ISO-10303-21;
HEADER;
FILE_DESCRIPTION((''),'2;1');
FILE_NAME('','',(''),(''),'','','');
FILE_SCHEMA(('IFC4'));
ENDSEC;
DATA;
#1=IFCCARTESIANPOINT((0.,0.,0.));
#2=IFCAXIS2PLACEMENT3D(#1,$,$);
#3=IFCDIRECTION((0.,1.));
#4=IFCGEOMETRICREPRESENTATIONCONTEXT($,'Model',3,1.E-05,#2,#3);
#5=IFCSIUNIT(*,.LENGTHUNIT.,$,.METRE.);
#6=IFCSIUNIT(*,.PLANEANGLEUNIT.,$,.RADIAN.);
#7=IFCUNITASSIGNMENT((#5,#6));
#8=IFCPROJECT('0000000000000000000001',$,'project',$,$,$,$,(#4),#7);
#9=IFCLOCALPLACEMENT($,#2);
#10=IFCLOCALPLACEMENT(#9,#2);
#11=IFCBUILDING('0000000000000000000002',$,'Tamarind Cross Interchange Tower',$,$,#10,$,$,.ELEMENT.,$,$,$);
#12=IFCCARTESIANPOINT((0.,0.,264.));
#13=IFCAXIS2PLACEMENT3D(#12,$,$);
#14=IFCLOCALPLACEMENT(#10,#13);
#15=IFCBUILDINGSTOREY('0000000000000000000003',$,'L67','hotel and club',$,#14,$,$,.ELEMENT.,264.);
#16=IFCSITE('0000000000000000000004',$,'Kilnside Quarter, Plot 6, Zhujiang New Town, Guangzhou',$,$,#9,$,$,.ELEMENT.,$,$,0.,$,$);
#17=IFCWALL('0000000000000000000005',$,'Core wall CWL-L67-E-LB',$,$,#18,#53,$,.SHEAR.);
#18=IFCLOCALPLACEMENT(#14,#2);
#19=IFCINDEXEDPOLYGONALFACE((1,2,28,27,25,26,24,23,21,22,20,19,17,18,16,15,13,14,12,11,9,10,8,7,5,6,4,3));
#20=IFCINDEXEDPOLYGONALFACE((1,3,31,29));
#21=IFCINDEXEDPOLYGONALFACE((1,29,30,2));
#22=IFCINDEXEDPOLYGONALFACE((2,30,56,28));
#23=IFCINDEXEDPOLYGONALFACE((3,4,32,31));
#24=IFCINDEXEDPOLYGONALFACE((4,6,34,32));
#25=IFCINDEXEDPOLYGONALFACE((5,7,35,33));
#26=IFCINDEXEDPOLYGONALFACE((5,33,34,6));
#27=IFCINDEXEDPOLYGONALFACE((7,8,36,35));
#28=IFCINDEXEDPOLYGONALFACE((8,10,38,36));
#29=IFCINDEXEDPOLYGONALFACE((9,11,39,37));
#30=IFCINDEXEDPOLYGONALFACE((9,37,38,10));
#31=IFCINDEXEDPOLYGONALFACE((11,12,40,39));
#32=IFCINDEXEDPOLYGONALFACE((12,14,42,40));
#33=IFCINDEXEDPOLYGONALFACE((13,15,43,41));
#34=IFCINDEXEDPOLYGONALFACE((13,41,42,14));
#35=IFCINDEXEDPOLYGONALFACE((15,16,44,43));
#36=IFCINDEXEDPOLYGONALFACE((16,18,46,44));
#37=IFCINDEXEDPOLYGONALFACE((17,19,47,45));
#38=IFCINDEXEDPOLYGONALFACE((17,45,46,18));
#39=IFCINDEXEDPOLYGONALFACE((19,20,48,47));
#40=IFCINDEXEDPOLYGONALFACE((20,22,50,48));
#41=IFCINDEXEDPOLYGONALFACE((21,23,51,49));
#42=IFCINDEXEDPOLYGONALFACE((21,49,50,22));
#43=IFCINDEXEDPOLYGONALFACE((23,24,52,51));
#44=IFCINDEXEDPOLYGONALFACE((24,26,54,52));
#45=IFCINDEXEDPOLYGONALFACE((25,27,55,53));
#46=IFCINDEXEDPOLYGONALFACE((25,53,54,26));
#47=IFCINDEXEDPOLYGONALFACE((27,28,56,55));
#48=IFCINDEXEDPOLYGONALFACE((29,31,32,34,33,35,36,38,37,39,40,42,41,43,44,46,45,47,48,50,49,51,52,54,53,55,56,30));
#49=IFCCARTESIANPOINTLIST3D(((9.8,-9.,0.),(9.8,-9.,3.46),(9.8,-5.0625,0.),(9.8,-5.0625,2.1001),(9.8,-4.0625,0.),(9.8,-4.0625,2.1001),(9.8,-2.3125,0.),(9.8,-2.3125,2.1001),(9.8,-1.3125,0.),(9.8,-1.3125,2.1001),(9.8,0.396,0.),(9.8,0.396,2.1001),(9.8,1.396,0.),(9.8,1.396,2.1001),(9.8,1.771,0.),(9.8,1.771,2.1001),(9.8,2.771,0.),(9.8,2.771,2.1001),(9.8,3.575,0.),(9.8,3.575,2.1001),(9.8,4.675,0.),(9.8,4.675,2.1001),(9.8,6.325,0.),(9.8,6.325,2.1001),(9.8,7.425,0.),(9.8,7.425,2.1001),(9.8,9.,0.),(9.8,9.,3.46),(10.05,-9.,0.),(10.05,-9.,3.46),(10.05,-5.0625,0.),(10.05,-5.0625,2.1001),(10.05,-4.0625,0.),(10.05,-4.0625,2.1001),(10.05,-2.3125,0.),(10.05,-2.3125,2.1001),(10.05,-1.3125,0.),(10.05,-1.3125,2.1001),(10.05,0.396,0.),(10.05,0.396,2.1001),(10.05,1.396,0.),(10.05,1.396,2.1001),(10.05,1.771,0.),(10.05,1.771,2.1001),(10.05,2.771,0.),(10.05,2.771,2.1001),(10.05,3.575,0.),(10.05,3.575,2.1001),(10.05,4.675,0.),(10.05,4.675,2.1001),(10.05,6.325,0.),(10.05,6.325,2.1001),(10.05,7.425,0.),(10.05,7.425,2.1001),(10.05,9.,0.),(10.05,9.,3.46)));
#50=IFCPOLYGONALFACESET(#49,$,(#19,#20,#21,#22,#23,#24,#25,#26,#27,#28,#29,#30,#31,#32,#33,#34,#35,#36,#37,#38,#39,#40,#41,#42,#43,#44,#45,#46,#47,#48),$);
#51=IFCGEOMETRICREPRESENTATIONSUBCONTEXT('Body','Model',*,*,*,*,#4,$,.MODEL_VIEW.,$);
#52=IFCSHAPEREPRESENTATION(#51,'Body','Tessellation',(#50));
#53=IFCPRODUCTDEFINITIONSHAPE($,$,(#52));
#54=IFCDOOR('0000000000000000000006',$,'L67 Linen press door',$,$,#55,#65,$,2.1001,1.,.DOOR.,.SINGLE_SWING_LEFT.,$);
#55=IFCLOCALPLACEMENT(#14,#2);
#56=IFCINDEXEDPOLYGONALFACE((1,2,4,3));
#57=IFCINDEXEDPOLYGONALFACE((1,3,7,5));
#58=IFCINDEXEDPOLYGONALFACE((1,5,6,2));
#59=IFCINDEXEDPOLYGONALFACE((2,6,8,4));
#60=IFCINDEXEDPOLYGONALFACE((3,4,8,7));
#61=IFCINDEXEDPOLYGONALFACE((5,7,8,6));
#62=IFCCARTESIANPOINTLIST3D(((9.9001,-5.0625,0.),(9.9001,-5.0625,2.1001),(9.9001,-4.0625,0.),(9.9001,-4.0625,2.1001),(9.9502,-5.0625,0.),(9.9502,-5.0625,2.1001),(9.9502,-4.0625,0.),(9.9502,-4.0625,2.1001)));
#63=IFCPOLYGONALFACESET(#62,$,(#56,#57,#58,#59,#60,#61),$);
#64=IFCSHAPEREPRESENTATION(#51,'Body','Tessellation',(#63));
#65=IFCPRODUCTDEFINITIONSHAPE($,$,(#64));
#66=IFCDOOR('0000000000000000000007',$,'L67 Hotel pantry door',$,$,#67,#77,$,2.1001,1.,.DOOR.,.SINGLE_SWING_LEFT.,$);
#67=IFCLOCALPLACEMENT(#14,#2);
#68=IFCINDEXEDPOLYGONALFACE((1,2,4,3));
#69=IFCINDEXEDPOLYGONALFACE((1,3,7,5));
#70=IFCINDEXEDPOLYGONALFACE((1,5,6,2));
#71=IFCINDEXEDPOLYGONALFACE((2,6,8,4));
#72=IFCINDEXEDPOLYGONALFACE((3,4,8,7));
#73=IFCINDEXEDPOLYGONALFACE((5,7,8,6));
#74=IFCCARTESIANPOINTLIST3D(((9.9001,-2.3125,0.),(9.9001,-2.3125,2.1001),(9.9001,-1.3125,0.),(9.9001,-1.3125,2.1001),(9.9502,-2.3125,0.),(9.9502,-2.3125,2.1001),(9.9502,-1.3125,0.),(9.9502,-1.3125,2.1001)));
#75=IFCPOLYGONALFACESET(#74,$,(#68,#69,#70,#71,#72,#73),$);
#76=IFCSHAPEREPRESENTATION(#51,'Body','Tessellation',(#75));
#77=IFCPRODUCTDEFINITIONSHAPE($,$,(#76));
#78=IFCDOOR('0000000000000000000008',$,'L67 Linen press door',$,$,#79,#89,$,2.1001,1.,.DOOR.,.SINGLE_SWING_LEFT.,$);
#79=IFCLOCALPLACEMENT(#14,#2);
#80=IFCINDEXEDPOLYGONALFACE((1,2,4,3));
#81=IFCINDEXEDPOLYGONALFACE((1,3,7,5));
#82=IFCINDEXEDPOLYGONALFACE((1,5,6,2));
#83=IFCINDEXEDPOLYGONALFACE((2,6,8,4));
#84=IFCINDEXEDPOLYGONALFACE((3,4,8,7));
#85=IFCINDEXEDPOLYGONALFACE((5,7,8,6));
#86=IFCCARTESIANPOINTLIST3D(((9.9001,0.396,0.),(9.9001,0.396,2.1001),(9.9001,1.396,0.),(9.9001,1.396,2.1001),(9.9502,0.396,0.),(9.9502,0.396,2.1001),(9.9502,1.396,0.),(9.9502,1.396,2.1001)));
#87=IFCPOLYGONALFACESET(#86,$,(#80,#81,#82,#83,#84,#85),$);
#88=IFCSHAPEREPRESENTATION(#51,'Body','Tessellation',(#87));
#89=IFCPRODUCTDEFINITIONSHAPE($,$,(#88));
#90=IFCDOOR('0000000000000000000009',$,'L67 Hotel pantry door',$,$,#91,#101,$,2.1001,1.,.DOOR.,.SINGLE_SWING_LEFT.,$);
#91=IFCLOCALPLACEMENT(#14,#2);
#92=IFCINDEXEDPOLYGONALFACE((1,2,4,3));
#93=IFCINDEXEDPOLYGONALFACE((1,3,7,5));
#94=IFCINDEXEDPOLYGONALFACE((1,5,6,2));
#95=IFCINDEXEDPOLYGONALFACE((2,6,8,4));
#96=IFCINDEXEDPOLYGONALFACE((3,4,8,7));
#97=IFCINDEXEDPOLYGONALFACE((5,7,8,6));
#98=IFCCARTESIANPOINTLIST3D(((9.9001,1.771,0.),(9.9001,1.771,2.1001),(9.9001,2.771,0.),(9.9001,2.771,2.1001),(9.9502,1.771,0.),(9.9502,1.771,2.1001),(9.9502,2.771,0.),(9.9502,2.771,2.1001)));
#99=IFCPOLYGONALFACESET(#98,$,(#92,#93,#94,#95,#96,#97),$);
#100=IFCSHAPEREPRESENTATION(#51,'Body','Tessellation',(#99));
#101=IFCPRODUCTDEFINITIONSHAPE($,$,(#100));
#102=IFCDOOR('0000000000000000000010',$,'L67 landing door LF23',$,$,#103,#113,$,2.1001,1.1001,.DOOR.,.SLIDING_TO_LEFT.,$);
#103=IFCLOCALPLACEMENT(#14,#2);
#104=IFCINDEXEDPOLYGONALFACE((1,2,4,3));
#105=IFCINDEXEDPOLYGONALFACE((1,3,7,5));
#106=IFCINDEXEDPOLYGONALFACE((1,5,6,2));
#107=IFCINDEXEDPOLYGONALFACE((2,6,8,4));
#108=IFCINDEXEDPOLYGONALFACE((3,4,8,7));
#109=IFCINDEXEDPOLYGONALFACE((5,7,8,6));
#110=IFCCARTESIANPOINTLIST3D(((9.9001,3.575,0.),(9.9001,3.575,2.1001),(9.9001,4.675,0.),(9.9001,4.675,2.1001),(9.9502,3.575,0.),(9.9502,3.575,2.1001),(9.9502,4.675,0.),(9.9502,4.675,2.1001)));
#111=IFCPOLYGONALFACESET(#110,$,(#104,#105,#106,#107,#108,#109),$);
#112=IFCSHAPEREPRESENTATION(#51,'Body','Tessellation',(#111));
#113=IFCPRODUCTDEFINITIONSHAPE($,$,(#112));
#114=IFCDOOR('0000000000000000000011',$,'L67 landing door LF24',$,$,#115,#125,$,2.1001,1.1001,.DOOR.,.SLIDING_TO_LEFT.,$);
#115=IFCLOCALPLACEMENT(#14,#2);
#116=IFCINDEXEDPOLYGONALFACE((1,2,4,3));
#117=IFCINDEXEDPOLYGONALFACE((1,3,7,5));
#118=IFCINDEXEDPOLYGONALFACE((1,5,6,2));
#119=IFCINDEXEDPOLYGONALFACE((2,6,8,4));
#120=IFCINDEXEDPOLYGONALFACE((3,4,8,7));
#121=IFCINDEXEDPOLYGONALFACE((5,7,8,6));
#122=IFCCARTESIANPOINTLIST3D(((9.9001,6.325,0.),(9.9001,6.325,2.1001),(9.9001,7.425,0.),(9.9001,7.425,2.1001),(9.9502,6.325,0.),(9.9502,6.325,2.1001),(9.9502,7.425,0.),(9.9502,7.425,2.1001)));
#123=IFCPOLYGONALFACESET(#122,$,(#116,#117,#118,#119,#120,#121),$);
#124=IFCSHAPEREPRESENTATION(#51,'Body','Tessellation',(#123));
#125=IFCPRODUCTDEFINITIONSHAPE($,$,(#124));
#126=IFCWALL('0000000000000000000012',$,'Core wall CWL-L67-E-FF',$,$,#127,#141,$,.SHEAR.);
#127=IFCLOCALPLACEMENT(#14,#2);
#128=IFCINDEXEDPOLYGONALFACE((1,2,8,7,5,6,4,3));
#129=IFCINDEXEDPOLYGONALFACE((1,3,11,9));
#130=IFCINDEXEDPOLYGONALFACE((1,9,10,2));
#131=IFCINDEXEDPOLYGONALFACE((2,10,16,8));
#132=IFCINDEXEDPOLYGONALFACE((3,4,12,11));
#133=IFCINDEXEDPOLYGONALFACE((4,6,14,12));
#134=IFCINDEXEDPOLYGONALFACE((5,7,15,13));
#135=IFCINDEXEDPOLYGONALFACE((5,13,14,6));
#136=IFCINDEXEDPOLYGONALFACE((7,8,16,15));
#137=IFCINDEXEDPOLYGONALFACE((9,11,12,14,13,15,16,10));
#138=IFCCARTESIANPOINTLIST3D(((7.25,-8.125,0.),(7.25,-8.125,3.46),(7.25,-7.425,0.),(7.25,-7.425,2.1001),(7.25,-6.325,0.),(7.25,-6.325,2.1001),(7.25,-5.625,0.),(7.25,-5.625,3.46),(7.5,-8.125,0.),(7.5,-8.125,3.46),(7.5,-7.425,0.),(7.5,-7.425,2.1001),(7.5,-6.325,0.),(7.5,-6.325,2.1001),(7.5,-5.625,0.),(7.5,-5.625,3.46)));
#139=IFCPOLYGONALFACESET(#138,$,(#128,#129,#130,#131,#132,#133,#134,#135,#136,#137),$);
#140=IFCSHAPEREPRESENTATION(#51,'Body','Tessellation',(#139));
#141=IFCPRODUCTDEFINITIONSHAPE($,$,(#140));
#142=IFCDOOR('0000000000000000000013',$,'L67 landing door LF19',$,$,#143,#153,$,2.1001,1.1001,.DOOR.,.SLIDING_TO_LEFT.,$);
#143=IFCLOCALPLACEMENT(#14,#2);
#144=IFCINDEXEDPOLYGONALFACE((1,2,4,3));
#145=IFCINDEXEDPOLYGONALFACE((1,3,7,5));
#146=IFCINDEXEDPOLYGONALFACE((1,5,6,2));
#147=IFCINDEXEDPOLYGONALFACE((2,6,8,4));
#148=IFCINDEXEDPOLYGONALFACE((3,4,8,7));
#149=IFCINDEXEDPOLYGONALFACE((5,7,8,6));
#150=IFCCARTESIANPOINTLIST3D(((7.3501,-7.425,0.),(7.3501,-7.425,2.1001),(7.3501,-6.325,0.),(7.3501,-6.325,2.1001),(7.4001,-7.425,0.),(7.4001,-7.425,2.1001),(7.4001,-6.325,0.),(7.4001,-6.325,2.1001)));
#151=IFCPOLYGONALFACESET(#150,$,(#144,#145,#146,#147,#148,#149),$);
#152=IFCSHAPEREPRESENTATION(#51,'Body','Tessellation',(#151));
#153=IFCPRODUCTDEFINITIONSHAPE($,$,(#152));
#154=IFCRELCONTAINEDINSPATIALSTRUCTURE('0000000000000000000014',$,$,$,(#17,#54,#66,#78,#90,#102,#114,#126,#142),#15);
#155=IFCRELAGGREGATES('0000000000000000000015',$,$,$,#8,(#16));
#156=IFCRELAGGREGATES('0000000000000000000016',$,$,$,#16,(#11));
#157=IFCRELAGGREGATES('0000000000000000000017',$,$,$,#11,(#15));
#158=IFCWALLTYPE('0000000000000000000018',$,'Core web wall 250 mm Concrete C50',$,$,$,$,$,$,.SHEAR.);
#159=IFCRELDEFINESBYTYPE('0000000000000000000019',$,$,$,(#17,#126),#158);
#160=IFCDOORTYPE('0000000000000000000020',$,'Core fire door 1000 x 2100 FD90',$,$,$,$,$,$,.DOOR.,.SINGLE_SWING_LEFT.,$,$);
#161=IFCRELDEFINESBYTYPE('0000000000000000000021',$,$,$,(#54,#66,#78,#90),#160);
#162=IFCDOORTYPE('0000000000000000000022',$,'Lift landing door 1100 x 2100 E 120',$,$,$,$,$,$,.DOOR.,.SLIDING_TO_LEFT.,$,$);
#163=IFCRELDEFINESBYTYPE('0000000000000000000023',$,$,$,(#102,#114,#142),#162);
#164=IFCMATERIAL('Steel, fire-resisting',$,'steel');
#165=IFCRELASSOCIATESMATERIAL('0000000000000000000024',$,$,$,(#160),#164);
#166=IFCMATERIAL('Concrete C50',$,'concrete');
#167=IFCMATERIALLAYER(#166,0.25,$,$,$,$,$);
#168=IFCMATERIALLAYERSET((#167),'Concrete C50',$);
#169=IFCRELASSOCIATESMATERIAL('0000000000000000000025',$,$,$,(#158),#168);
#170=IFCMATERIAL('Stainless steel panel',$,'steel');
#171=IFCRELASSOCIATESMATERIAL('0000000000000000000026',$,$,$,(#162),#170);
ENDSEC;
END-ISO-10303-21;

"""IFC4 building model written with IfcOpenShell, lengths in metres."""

from ifc_helpers import new_model, si_unit, direction, frame, frame_2d, origin, place, context, subcontext, project, spatial, rectangle, extrude, material, layer, layer_set, type_object, element, fill, save


model = new_model("IFC4")

# Units and contexts
model_context = context("Model", 3, precision=1e-05, world=origin(), true_north=direction((0.0, 1.0)))
body_context = subcontext(model_context, "Body", "Model", "MODEL_VIEW")
ifc_project = project(units=[si_unit("LENGTHUNIT", "METRE"), si_unit("PLANEANGLEUNIT", "RADIAN")], contexts=[model_context])

# Site, building, storey
site_placement = place(None, origin())
site = spatial("IfcSite", under=ifc_project, at=site_placement, Name="Kilnside Quarter, Plot 6, Zhujiang New Town, Guangzhou", CompositionType="ELEMENT", RefElevation=0.0)
building_placement = place(site_placement, origin())
building = spatial("IfcBuilding", under=site, at=building_placement, Name="Tamarind Cross Interchange Tower", CompositionType="ELEMENT")
storey_placement = place(building_placement, frame((0.0, 0.0, 264.0)))
storey = spatial("IfcBuildingStorey", under=building, at=storey_placement, Name="L67", Description="hotel and club", CompositionType="ELEMENT", Elevation=264.0)

# Shared definitions
ifc_material_1 = material(Name="Concrete C50", Category="concrete")
ifc_material_2 = material(Name="Steel, fire-resisting", Category="steel")
door_type_1 = type_object("IfcDoorType", Name="Core fire door 1000 x 2100 FD90", OperationType="SINGLE_SWING_LEFT", PredefinedType="DOOR", material=ifc_material_2)

# Shared definitions
ifc_layer_1 = layer(ifc_material_1, 0.25)
ifc_layer_set_1 = layer_set([ifc_layer_1], Name="Concrete C50")
wall_type_1 = type_object("IfcWallType", Name="Core web wall 250 mm Concrete C50", PredefinedType="SHEAR", material=ifc_layer_set_1)

# Wall, openings, doors
wall_1_placement = place(storey_placement, frame((9.925, -9.0, 0.0), z_axis=(0.0, 0.0, 1.0), x_axis=(0.0, 1.0, 0.0)))
wall_1 = element("IfcWall", 1, at=wall_1_placement, inside=storey, type_object=wall_type_1, Name="Core wall CWL-L67-E-LB", PredefinedType="SHEAR", context=body_context, shape_type="SweptSolid", body=[
    extrude(rectangle(XDim=18.0, YDim=0.25, at=frame_2d((9.0, 0.0))), origin(), (0.0, 0.0, 1.0), 3.46),
])
opening_1_placement = place(wall_1_placement, frame((12.575, 0.0, 0.0)))
opening_1 = element("IfcOpeningElement", 2, at=opening_1_placement, cuts=wall_1, PredefinedType="OPENING", context=body_context, shape_type="SweptSolid", body=[
    extrude(rectangle(XDim=1.1001, YDim=2.1001, at=frame_2d((0.55, 1.05))), frame((0.0, 0.135, 0.0), z_axis=(0.0, -1.0, 0.0), x_axis=(1.0, 0.0, 0.0)), (0.0, 0.0, 1.0), 0.27),
])
opening_2_placement = place(wall_1_placement, frame((15.325, 0.0, 0.0)))
opening_2 = element("IfcOpeningElement", 3, at=opening_2_placement, cuts=wall_1, PredefinedType="OPENING", context=body_context, shape_type="SweptSolid", body=[
    extrude(rectangle(XDim=1.1001, YDim=2.1001, at=frame_2d((0.55, 1.05))), frame((0.0, 0.135, 0.0), z_axis=(0.0, -1.0, 0.0), x_axis=(1.0, 0.0, 0.0)), (0.0, 0.0, 1.0), 0.27),
])
opening_3_placement = place(wall_1_placement, frame((3.9375, 0.0, 0.0)))
opening_3 = element("IfcOpeningElement", 4, at=opening_3_placement, cuts=wall_1, PredefinedType="OPENING", context=body_context, shape_type="SweptSolid", body=[
    extrude(rectangle(XDim=1.0, YDim=2.1001, at=frame_2d((0.5, 1.05))), frame((0.0, 0.135, 0.0), z_axis=(0.0, -1.0, 0.0), x_axis=(1.0, 0.0, 0.0)), (0.0, 0.0, 1.0), 0.27),
])
opening_4_placement = place(wall_1_placement, frame((6.6875, 0.0, 0.0)))
opening_4 = element("IfcOpeningElement", 5, at=opening_4_placement, cuts=wall_1, PredefinedType="OPENING", context=body_context, shape_type="SweptSolid", body=[
    extrude(rectangle(XDim=1.0, YDim=2.1001, at=frame_2d((0.5, 1.05))), frame((0.0, 0.135, 0.0), z_axis=(0.0, -1.0, 0.0), x_axis=(1.0, 0.0, 0.0)), (0.0, 0.0, 1.0), 0.27),
])
opening_5_placement = place(wall_1_placement, frame((9.396, 0.0, 0.0)))
opening_5 = element("IfcOpeningElement", 6, at=opening_5_placement, cuts=wall_1, PredefinedType="OPENING", context=body_context, shape_type="SweptSolid", body=[
    extrude(rectangle(XDim=1.0, YDim=2.1001, at=frame_2d((0.5, 1.05))), frame((0.0, 0.135, 0.0), z_axis=(0.0, -1.0, 0.0), x_axis=(1.0, 0.0, 0.0)), (0.0, 0.0, 1.0), 0.27),
])
opening_6_placement = place(wall_1_placement, frame((10.771, 0.0, 0.0)))
opening_6 = element("IfcOpeningElement", 7, at=opening_6_placement, cuts=wall_1, PredefinedType="OPENING", context=body_context, shape_type="SweptSolid", body=[
    extrude(rectangle(XDim=1.0, YDim=2.1001, at=frame_2d((0.5, 1.05))), frame((0.0, 0.135, 0.0), z_axis=(0.0, -1.0, 0.0), x_axis=(1.0, 0.0, 0.0)), (0.0, 0.0, 1.0), 0.27),
])
door_1_placement = place(opening_3_placement, origin())
door_1 = element("IfcDoor", 8, at=door_1_placement, inside=storey, type_object=door_type_1, Name="L67 Linen press door", OperationType="SINGLE_SWING_LEFT", OverallHeight=2.1001, OverallWidth=1.0, PredefinedType="DOOR", context=body_context, shape_type="SweptSolid", body=[
    extrude(rectangle(XDim=1.0, YDim=2.1001, at=frame_2d((0.5, 1.05))), frame((0.0, 0.0249, 0.0), z_axis=(0.0, -1.0, 0.0), x_axis=(1.0, 0.0, 0.0)), (0.0, 0.0, 1.0), 0.05),
])
fill(opening_3, door_1)
door_2_placement = place(opening_4_placement, origin())
door_2 = element("IfcDoor", 9, at=door_2_placement, inside=storey, type_object=door_type_1, Name="L67 Hotel pantry door", OperationType="SINGLE_SWING_LEFT", OverallHeight=2.1001, OverallWidth=1.0, PredefinedType="DOOR", context=body_context, shape_type="SweptSolid", body=[
    extrude(rectangle(XDim=1.0, YDim=2.1001, at=frame_2d((0.5, 1.05))), frame((0.0, 0.0249, 0.0), z_axis=(0.0, -1.0, 0.0), x_axis=(1.0, 0.0, 0.0)), (0.0, 0.0, 1.0), 0.05),
])
fill(opening_4, door_2)
door_3_placement = place(opening_5_placement, origin())
door_3 = element("IfcDoor", 10, at=door_3_placement, inside=storey, type_object=door_type_1, Name="L67 Linen press door", OperationType="SINGLE_SWING_LEFT", OverallHeight=2.1001, OverallWidth=1.0, PredefinedType="DOOR", context=body_context, shape_type="SweptSolid", body=[
    extrude(rectangle(XDim=1.0, YDim=2.1001, at=frame_2d((0.5, 1.05))), frame((0.0, 0.0249, 0.0), z_axis=(0.0, -1.0, 0.0), x_axis=(1.0, 0.0, 0.0)), (0.0, 0.0, 1.0), 0.05),
])
fill(opening_5, door_3)
door_4_placement = place(opening_6_placement, origin())
door_4 = element("IfcDoor", 11, at=door_4_placement, inside=storey, type_object=door_type_1, Name="L67 Hotel pantry door", OperationType="SINGLE_SWING_LEFT", OverallHeight=2.1001, OverallWidth=1.0, PredefinedType="DOOR", context=body_context, shape_type="SweptSolid", body=[
    extrude(rectangle(XDim=1.0, YDim=2.1001, at=frame_2d((0.5, 1.05))), frame((0.0, 0.0249, 0.0), z_axis=(0.0, -1.0, 0.0), x_axis=(1.0, 0.0, 0.0)), (0.0, 0.0, 1.0), 0.05),
])
fill(opening_6, door_4)
ifc_material_3 = material(Name="Stainless steel panel", Category="steel")
door_type_2 = type_object("IfcDoorType", Name="Lift landing door 1100 x 2100 E 120", OperationType="SLIDING_TO_LEFT", PredefinedType="DOOR", material=ifc_material_3)
door_5_placement = place(opening_1_placement, origin())
door_5 = element("IfcDoor", 12, at=door_5_placement, inside=storey, type_object=door_type_2, Name="L67 landing door LF23", OperationType="SLIDING_TO_LEFT", OverallHeight=2.1001, OverallWidth=1.1001, PredefinedType="DOOR", context=body_context, shape_type="SweptSolid", body=[
    extrude(rectangle(XDim=1.1001, YDim=2.1001, at=frame_2d((0.55, 1.05))), frame((0.0, 0.0249, 0.0), z_axis=(0.0, -1.0, 0.0), x_axis=(1.0, 0.0, 0.0)), (0.0, 0.0, 1.0), 0.05),
])
fill(opening_1, door_5)
door_6_placement = place(opening_2_placement, origin())
door_6 = element("IfcDoor", 13, at=door_6_placement, inside=storey, type_object=door_type_2, Name="L67 landing door LF24", OperationType="SLIDING_TO_LEFT", OverallHeight=2.1001, OverallWidth=1.1001, PredefinedType="DOOR", context=body_context, shape_type="SweptSolid", body=[
    extrude(rectangle(XDim=1.1001, YDim=2.1001, at=frame_2d((0.55, 1.05))), frame((0.0, 0.0249, 0.0), z_axis=(0.0, -1.0, 0.0), x_axis=(1.0, 0.0, 0.0)), (0.0, 0.0, 1.0), 0.05),
])
fill(opening_2, door_6)

# Wall, opening, door
wall_2_placement = place(storey_placement, frame((7.375, -8.125, 0.0), z_axis=(0.0, 0.0, 1.0), x_axis=(0.0, 1.0, 0.0)))
wall_2 = element("IfcWall", 14, at=wall_2_placement, inside=storey, type_object=wall_type_1, Name="Core wall CWL-L67-E-FF", PredefinedType="SHEAR", context=body_context, shape_type="SweptSolid", body=[
    extrude(rectangle(XDim=2.5, YDim=0.25, at=frame_2d((1.25, 0.0))), origin(), (0.0, 0.0, 1.0), 3.46),
])
opening_7_placement = place(wall_2_placement, frame((0.7, 0.0, 0.0)))
opening_7 = element("IfcOpeningElement", 15, at=opening_7_placement, cuts=wall_2, PredefinedType="OPENING", context=body_context, shape_type="SweptSolid", body=[
    extrude(rectangle(XDim=1.1001, YDim=2.1001, at=frame_2d((0.55, 1.05))), frame((0.0, 0.135, 0.0), z_axis=(0.0, -1.0, 0.0), x_axis=(1.0, 0.0, 0.0)), (0.0, 0.0, 1.0), 0.27),
])
door_7_placement = place(opening_7_placement, origin())
door_7 = element("IfcDoor", 16, at=door_7_placement, inside=storey, type_object=door_type_2, Name="L67 landing door LF19", OperationType="SLIDING_TO_LEFT", OverallHeight=2.1001, OverallWidth=1.1001, PredefinedType="DOOR", context=body_context, shape_type="SweptSolid", body=[
    extrude(rectangle(XDim=1.1001, YDim=2.1001, at=frame_2d((0.55, 1.05))), frame((0.0, 0.0249, 0.0), z_axis=(0.0, -1.0, 0.0), x_axis=(1.0, 0.0, 0.0)), (0.0, 0.0, 1.0), 0.05),
])
fill(opening_7, door_7)

save(model, "model.ifc")
